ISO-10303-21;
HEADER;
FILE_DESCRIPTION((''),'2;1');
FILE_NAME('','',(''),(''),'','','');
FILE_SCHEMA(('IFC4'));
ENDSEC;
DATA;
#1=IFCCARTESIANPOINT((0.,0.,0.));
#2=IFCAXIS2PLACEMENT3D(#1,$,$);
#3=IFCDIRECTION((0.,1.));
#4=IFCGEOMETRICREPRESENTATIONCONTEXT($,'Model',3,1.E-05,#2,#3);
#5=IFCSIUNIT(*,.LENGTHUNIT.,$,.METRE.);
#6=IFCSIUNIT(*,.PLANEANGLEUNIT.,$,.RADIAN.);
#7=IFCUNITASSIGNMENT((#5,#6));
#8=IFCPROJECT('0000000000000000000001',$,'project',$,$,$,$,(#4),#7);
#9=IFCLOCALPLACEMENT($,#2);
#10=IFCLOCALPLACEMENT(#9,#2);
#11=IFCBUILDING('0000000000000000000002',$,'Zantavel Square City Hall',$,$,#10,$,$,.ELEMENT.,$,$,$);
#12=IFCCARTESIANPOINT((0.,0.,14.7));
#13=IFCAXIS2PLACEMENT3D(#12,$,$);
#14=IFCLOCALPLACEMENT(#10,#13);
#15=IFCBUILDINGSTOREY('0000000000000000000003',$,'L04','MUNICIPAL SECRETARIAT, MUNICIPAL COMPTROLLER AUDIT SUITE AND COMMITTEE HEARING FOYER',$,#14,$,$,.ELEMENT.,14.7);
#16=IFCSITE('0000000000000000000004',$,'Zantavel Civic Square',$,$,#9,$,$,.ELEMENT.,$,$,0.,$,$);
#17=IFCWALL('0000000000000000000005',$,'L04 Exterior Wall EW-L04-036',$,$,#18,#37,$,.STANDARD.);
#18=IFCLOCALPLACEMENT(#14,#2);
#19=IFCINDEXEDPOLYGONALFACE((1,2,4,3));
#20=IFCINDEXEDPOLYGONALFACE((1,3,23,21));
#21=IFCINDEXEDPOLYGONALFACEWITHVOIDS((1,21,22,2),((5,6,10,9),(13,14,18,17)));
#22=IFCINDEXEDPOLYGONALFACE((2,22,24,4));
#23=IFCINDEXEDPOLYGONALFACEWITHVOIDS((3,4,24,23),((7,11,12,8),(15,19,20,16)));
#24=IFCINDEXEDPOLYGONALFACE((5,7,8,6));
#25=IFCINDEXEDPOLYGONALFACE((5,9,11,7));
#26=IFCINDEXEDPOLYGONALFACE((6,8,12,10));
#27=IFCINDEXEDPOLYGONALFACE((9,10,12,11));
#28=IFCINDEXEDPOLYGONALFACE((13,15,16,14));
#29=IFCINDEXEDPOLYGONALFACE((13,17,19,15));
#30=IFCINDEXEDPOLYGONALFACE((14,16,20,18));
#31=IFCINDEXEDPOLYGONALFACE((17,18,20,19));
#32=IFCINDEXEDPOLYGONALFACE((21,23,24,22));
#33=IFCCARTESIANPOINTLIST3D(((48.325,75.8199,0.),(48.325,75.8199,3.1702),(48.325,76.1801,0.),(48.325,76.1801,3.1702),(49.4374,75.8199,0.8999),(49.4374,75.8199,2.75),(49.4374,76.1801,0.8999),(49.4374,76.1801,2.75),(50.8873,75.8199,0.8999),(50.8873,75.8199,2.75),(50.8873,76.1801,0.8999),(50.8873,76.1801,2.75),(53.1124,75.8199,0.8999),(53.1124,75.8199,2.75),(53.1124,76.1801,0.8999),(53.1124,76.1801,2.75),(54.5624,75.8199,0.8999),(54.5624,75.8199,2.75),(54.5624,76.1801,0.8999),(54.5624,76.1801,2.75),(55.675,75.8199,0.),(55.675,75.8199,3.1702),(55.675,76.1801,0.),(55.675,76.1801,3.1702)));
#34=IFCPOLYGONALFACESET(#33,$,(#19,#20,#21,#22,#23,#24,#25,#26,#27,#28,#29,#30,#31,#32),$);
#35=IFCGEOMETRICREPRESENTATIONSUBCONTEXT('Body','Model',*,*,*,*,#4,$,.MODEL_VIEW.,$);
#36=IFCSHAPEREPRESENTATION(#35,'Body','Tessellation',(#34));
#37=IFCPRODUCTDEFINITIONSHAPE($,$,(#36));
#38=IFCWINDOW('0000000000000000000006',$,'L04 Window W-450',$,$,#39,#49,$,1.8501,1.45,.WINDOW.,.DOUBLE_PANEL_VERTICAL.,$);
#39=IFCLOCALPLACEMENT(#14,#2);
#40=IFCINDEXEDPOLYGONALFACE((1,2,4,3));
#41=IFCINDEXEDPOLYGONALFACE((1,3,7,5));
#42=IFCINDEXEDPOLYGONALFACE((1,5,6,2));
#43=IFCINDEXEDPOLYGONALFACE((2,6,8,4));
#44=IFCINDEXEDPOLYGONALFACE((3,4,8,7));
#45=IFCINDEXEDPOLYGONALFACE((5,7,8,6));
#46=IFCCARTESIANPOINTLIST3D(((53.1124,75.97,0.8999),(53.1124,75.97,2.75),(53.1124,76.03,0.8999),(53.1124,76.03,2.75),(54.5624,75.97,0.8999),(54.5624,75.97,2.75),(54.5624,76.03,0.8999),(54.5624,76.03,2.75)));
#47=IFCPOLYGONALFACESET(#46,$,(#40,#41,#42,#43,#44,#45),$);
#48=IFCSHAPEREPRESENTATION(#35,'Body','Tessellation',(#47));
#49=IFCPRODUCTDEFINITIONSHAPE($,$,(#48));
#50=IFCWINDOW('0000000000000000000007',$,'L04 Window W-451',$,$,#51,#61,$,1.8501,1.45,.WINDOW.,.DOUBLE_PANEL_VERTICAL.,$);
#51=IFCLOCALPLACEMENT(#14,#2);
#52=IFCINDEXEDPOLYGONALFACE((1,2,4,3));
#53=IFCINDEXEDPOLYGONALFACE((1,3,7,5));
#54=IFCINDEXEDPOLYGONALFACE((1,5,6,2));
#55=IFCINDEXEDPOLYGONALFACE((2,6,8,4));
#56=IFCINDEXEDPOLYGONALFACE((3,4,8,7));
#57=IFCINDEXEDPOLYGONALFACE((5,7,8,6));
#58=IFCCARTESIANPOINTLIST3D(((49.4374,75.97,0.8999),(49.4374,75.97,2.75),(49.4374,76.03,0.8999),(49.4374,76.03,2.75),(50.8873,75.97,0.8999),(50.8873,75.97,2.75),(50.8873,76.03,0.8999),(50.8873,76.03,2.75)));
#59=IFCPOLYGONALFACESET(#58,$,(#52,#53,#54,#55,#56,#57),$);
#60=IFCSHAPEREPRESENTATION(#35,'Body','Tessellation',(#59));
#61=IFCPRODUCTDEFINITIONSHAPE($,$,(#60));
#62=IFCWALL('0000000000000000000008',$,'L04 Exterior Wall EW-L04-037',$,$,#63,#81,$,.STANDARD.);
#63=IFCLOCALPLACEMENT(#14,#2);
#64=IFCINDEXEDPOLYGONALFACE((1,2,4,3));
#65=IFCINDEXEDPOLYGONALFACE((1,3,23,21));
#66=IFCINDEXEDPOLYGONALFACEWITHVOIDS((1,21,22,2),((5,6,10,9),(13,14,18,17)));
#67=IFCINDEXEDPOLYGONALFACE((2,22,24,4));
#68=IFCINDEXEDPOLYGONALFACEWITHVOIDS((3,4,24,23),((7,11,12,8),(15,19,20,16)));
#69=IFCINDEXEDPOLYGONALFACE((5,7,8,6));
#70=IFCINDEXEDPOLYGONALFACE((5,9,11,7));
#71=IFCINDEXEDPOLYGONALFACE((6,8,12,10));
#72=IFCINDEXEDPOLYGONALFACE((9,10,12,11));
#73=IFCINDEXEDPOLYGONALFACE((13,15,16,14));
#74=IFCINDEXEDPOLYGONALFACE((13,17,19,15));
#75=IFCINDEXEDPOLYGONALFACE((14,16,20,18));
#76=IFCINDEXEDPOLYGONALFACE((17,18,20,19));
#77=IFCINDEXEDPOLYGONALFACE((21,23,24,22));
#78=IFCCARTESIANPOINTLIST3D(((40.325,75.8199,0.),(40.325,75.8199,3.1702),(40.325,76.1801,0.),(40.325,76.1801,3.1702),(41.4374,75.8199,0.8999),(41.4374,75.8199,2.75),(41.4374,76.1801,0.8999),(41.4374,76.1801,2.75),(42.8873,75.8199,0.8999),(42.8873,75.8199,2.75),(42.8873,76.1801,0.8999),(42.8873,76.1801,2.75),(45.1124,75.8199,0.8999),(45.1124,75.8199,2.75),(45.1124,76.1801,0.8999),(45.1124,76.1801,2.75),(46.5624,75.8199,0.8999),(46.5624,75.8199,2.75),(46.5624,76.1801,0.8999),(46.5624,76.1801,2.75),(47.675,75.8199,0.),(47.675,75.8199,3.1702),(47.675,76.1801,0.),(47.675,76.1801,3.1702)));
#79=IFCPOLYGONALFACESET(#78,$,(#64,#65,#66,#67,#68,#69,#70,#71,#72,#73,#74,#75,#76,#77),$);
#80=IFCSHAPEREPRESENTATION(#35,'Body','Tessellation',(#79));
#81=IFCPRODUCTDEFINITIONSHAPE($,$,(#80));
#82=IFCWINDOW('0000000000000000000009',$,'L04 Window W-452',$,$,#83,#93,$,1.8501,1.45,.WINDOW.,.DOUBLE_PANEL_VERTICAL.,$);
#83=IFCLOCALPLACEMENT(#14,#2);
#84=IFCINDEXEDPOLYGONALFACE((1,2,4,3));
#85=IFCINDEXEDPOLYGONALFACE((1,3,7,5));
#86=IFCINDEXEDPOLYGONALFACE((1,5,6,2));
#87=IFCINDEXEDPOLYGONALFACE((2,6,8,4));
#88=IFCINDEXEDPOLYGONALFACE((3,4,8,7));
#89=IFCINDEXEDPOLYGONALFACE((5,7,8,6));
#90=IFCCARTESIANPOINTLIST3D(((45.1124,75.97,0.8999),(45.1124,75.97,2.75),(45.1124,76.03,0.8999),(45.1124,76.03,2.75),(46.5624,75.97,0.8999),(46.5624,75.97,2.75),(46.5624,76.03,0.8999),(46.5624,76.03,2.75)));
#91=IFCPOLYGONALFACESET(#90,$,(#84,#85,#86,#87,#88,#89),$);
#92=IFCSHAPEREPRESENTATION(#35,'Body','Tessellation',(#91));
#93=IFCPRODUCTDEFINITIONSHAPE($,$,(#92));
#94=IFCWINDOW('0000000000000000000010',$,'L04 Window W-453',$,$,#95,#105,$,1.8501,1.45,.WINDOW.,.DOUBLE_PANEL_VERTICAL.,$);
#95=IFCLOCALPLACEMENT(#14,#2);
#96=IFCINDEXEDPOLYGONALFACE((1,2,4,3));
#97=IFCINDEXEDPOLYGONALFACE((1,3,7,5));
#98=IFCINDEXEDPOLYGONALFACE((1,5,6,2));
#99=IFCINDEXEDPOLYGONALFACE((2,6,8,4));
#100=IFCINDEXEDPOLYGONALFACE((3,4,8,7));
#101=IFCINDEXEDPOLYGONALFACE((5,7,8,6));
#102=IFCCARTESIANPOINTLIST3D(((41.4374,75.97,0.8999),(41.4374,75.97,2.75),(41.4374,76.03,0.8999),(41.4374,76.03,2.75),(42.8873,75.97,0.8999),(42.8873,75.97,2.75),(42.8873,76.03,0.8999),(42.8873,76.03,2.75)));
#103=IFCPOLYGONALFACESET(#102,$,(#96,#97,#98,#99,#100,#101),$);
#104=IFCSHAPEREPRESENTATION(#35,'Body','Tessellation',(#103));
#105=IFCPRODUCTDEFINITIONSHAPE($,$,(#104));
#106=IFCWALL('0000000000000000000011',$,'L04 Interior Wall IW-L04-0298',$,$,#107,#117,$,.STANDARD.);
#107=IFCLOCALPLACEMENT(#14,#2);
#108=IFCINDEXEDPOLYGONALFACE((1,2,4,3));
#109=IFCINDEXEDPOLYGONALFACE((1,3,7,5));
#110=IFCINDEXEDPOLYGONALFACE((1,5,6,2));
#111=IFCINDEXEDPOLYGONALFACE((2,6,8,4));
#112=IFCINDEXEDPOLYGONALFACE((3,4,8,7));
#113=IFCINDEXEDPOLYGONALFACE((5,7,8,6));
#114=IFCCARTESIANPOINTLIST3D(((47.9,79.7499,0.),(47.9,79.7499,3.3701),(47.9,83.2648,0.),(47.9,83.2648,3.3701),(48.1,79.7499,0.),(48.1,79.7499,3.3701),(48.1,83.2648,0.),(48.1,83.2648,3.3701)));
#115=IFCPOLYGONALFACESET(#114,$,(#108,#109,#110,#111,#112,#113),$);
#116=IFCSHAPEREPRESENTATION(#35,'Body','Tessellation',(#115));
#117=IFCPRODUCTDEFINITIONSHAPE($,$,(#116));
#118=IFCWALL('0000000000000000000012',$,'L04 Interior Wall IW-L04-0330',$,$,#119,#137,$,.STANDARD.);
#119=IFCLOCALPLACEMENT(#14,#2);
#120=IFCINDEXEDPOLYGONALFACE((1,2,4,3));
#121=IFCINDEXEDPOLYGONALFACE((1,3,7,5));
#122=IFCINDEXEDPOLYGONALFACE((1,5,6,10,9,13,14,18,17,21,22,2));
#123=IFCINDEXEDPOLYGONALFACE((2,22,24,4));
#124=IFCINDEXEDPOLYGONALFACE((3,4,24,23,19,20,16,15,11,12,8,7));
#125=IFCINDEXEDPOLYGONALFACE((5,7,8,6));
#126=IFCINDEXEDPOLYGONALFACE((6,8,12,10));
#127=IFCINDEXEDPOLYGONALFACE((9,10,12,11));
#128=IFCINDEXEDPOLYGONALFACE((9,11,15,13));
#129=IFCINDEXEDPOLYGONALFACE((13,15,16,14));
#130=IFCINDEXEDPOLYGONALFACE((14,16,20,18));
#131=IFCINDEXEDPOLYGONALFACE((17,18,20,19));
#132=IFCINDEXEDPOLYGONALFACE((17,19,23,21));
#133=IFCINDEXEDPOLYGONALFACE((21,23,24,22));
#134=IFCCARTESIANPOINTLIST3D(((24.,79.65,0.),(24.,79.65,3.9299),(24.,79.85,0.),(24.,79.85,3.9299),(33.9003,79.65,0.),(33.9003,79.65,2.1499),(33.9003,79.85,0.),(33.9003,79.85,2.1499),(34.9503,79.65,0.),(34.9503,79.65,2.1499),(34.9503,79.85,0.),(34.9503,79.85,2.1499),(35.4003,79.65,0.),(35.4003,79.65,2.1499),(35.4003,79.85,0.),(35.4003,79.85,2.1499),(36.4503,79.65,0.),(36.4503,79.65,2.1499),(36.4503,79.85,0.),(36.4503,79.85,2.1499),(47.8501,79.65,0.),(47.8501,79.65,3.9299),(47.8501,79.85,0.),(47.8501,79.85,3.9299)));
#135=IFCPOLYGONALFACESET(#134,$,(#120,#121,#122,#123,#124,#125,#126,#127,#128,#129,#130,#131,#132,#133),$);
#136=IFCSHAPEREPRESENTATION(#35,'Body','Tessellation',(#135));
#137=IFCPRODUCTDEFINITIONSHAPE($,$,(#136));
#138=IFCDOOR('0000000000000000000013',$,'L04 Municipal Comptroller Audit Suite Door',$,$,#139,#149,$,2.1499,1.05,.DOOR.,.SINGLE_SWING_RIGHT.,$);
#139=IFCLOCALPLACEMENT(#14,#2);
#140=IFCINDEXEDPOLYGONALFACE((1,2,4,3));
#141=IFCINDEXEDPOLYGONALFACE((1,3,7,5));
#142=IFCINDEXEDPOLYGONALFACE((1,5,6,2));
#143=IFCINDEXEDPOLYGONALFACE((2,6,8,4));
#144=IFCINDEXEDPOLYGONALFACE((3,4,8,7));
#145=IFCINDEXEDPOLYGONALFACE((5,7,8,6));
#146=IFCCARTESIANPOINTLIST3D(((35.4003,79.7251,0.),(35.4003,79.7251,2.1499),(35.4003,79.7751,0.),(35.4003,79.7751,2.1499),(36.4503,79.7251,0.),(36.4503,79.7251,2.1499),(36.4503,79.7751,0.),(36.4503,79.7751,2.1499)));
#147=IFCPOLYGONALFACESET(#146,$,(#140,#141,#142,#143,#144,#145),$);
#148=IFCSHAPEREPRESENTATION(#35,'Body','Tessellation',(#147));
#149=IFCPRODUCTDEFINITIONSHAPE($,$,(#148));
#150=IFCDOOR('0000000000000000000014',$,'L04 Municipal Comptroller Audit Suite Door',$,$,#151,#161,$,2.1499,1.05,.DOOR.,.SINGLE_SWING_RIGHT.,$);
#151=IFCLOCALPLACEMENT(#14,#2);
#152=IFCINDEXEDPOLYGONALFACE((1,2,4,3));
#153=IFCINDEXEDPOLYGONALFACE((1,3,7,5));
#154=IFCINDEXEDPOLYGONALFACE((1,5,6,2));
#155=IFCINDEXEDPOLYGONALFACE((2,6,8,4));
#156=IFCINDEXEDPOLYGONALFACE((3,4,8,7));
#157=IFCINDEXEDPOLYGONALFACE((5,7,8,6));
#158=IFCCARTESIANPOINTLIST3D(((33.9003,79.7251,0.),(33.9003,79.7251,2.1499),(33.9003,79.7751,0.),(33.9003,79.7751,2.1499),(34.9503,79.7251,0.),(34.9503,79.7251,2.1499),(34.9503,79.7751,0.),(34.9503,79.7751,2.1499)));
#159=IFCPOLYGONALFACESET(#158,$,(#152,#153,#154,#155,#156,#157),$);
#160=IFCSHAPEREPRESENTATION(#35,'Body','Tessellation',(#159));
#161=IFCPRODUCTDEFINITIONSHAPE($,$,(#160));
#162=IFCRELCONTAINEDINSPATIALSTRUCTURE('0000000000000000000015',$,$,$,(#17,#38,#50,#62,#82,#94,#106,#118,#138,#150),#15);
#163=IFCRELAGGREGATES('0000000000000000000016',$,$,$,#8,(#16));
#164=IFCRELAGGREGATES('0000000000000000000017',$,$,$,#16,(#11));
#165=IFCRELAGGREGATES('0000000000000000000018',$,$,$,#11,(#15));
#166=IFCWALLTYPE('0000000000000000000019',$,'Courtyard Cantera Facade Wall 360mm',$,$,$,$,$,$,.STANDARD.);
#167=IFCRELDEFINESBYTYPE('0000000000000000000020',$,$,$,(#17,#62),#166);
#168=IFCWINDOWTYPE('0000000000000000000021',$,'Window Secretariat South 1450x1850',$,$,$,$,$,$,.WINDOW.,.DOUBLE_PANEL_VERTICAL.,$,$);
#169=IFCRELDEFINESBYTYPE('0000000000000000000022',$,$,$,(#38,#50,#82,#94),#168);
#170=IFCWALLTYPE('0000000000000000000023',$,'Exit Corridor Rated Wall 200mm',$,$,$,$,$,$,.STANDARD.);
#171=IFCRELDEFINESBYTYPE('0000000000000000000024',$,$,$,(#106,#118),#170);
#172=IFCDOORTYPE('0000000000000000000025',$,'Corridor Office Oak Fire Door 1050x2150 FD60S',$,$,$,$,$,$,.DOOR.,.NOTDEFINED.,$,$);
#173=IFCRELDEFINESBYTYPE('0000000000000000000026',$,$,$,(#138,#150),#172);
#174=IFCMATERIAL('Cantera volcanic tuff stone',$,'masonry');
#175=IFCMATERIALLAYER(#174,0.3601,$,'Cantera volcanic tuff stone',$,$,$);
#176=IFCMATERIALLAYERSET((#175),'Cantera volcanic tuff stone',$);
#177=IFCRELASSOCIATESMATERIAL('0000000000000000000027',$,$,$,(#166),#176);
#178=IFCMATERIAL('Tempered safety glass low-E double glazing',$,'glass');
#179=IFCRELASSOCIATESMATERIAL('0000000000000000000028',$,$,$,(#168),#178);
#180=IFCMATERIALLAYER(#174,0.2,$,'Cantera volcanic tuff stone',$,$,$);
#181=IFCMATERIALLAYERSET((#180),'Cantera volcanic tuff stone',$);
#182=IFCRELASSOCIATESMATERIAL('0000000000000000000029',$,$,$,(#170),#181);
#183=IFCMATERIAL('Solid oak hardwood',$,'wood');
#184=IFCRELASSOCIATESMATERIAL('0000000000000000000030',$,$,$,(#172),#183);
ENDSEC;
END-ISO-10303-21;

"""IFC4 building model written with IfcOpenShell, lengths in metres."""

from ifc_helpers import new_model, si_unit, direction, frame, frame_2d, origin, place, context, subcontext, project, spatial, rectangle, extrude, material, layer, layer_set, type_object, element, fill, save


model = new_model("IFC4")

# Units and contexts
model_context = context("Model", 3, precision=1e-05, world=origin(), true_north=direction((0.0, 1.0)))
body_context = subcontext(model_context, "Body", "Model", "MODEL_VIEW")
ifc_project = project(units=[si_unit("LENGTHUNIT", "METRE"), si_unit("PLANEANGLEUNIT", "RADIAN")], contexts=[model_context])

# Site, building, storey
site_placement = place(None, origin())
site = spatial("IfcSite", under=ifc_project, at=site_placement, Name="Zantavel Civic Square", CompositionType="ELEMENT", RefElevation=0.0)
building_placement = place(site_placement, origin())
building = spatial("IfcBuilding", under=site, at=building_placement, Name="Zantavel Square City Hall", CompositionType="ELEMENT")
storey_placement = place(building_placement, frame((0.0, 0.0, 14.7)))
storey = spatial("IfcBuildingStorey", under=building, at=storey_placement, Name="L04", Description="MUNICIPAL SECRETARIAT, MUNICIPAL COMPTROLLER AUDIT SUITE AND COMMITTEE HEARING FOYER", CompositionType="ELEMENT", Elevation=14.7)

# Walls, openings, windows
ifc_material_1 = material(Name="Cantera volcanic tuff stone", Category="masonry")
ifc_layer_1 = layer(ifc_material_1, 0.3601, Name="Cantera volcanic tuff stone")
ifc_layer_set_1 = layer_set([ifc_layer_1], Name="Cantera volcanic tuff stone")
wall_type_1 = type_object("IfcWallType", Name="Courtyard Cantera Facade Wall 360mm", PredefinedType="STANDARD", material=ifc_layer_set_1)
wall_1_placement = place(storey_placement, frame((55.675, 76.0, 0.0), z_axis=(0.0, 0.0, 1.0), x_axis=(-1.0, 0.0, 0.0)))
wall_1 = element("IfcWall", 1, at=wall_1_placement, inside=storey, type_object=wall_type_1, Name="L04 Exterior Wall EW-L04-036", PredefinedType="STANDARD", context=body_context, shape_type="SweptSolid", body=[
    extrude(rectangle(XDim=7.3501, YDim=0.3601, at=frame_2d((3.675, 0.0))), origin(), (0.0, 0.0, 1.0), 3.1702),
])
opening_1_placement = place(wall_1_placement, frame((1.1125, 0.0, 0.8999)))
opening_1 = element("IfcOpeningElement", 2, at=opening_1_placement, cuts=wall_1, PredefinedType="OPENING", context=body_context, shape_type="SweptSolid", body=[
    extrude(rectangle(XDim=1.45, YDim=1.8501, at=frame_2d((0.7251, 0.925))), frame((0.0, 0.1899, 0.0), z_axis=(0.0, -1.0, 0.0), x_axis=(1.0, 0.0, 0.0)), (0.0, 0.0, 1.0), 0.3801),
])
opening_2_placement = place(wall_1_placement, frame((4.7876, 0.0, 0.8999)))
opening_2 = element("IfcOpeningElement", 3, at=opening_2_placement, cuts=wall_1, PredefinedType="OPENING", context=body_context, shape_type="SweptSolid", body=[
    extrude(rectangle(XDim=1.45, YDim=1.8501, at=frame_2d((0.7251, 0.925))), frame((0.0, 0.1899, 0.0), z_axis=(0.0, -1.0, 0.0), x_axis=(1.0, 0.0, 0.0)), (0.0, 0.0, 1.0), 0.3801),
])
ifc_material_2 = material(Name="Tempered safety glass low-E double glazing", Category="glass")
window_type = type_object("IfcWindowType", Name="Window Secretariat South 1450x1850", PartitioningType="DOUBLE_PANEL_VERTICAL", PredefinedType="WINDOW", material=ifc_material_2)
window_1_placement = place(opening_1_placement, origin())
window_1 = element("IfcWindow", 4, at=window_1_placement, inside=storey, type_object=window_type, Name="L04 Window W-450", OverallHeight=1.8501, OverallWidth=1.45, PartitioningType="DOUBLE_PANEL_VERTICAL", PredefinedType="WINDOW", context=body_context, shape_type="SweptSolid", body=[
    extrude(rectangle(XDim=1.45, YDim=1.8501, at=frame_2d((0.7251, 0.925))), frame((0.0, 0.03, 0.0), z_axis=(0.0, -1.0, 0.0), x_axis=(1.0, 0.0, 0.0)), (0.0, 0.0, 1.0), 0.0601),
])
fill(opening_1, window_1)
window_2_placement = place(opening_2_placement, origin())
window_2 = element("IfcWindow", 5, at=window_2_placement, inside=storey, type_object=window_type, Name="L04 Window W-451", OverallHeight=1.8501, OverallWidth=1.45, PartitioningType="DOUBLE_PANEL_VERTICAL", PredefinedType="WINDOW", context=body_context, shape_type="SweptSolid", body=[
    extrude(rectangle(XDim=1.45, YDim=1.8501, at=frame_2d((0.7251, 0.925))), frame((0.0, 0.03, 0.0), z_axis=(0.0, -1.0, 0.0), x_axis=(1.0, 0.0, 0.0)), (0.0, 0.0, 1.0), 0.0601),
])
fill(opening_2, window_2)
wall_2_placement = place(storey_placement, frame((47.675, 76.0, 0.0), z_axis=(0.0, 0.0, 1.0), x_axis=(-1.0, 0.0, 0.0)))
wall_2 = element("IfcWall", 6, at=wall_2_placement, inside=storey, type_object=wall_type_1, Name="L04 Exterior Wall EW-L04-037", PredefinedType="STANDARD", context=body_context, shape_type="SweptSolid", body=[
    extrude(rectangle(XDim=7.3501, YDim=0.3601, at=frame_2d((3.675, 0.0))), origin(), (0.0, 0.0, 1.0), 3.1702),
])
opening_3_placement = place(wall_2_placement, frame((1.1125, 0.0, 0.8999)))
opening_3 = element("IfcOpeningElement", 7, at=opening_3_placement, cuts=wall_2, PredefinedType="OPENING", context=body_context, shape_type="SweptSolid", body=[
    extrude(rectangle(XDim=1.45, YDim=1.8501, at=frame_2d((0.7251, 0.925))), frame((0.0, 0.1899, 0.0), z_axis=(0.0, -1.0, 0.0), x_axis=(1.0, 0.0, 0.0)), (0.0, 0.0, 1.0), 0.3801),
])
opening_4_placement = place(wall_2_placement, frame((4.7876, 0.0, 0.8999)))
opening_4 = element("IfcOpeningElement", 8, at=opening_4_placement, cuts=wall_2, PredefinedType="OPENING", context=body_context, shape_type="SweptSolid", body=[
    extrude(rectangle(XDim=1.45, YDim=1.8501, at=frame_2d((0.7251, 0.925))), frame((0.0, 0.1899, 0.0), z_axis=(0.0, -1.0, 0.0), x_axis=(1.0, 0.0, 0.0)), (0.0, 0.0, 1.0), 0.3801),
])
window_3_placement = place(opening_3_placement, origin())
window_3 = element("IfcWindow", 9, at=window_3_placement, inside=storey, type_object=window_type, Name="L04 Window W-452", OverallHeight=1.8501, OverallWidth=1.45, PartitioningType="DOUBLE_PANEL_VERTICAL", PredefinedType="WINDOW", context=body_context, shape_type="SweptSolid", body=[
    extrude(rectangle(XDim=1.45, YDim=1.8501, at=frame_2d((0.7251, 0.925))), frame((0.0, 0.03, 0.0), z_axis=(0.0, -1.0, 0.0), x_axis=(1.0, 0.0, 0.0)), (0.0, 0.0, 1.0), 0.0601),
])
fill(opening_3, window_3)
window_4_placement = place(opening_4_placement, origin())
window_4 = element("IfcWindow", 10, at=window_4_placement, inside=storey, type_object=window_type, Name="L04 Window W-453", OverallHeight=1.8501, OverallWidth=1.45, PartitioningType="DOUBLE_PANEL_VERTICAL", PredefinedType="WINDOW", context=body_context, shape_type="SweptSolid", body=[
    extrude(rectangle(XDim=1.45, YDim=1.8501, at=frame_2d((0.7251, 0.925))), frame((0.0, 0.03, 0.0), z_axis=(0.0, -1.0, 0.0), x_axis=(1.0, 0.0, 0.0)), (0.0, 0.0, 1.0), 0.0601),
])
fill(opening_4, window_4)

# Wall
ifc_layer_2 = layer(ifc_material_1, 0.2, Name="Cantera volcanic tuff stone")
ifc_layer_set_2 = layer_set([ifc_layer_2], Name="Cantera volcanic tuff stone")
wall_type_2 = type_object("IfcWallType", Name="Exit Corridor Rated Wall 200mm", PredefinedType="STANDARD", material=ifc_layer_set_2)
wall_3_placement = place(storey_placement, frame((48.0, 79.75, 0.0), z_axis=(0.0, 0.0, 1.0), x_axis=(0.0, 1.0, 0.0)))
element("IfcWall", 11, at=wall_3_placement, inside=storey, type_object=wall_type_2, Name="L04 Interior Wall IW-L04-0298", PredefinedType="STANDARD", context=body_context, shape_type="SweptSolid", body=[
    extrude(rectangle(XDim=3.5149, YDim=0.2, at=frame_2d((1.7573, 0.0))), origin(), (0.0, 0.0, 1.0), 3.3701),
])

# Wall, openings, doors
wall_4_placement = place(storey_placement, frame((47.8501, 79.75, 0.0), z_axis=(0.0, 0.0, 1.0), x_axis=(-1.0, 0.0, 0.0)))
wall_4 = element("IfcWall", 12, at=wall_4_placement, inside=storey, type_object=wall_type_2, Name="L04 Interior Wall IW-L04-0330", PredefinedType="STANDARD", context=body_context, shape_type="SweptSolid", body=[
    extrude(rectangle(XDim=23.8501, YDim=0.2, at=frame_2d((11.925, 0.0))), origin(), (0.0, 0.0, 1.0), 3.9299),
])
opening_5_placement = place(wall_4_placement, frame((11.3999, 0.0, 0.0)))
opening_5 = element("IfcOpeningElement", 13, at=opening_5_placement, cuts=wall_4, PredefinedType="OPENING", context=body_context, shape_type="SweptSolid", body=[
    extrude(rectangle(XDim=1.05, YDim=2.1499, at=frame_2d((0.5249, 1.075))), frame((0.0, 0.1099, 0.0), z_axis=(0.0, -1.0, 0.0), x_axis=(1.0, 0.0, 0.0)), (0.0, 0.0, 1.0), 0.22),
])
opening_6_placement = place(wall_4_placement, frame((12.8999, 0.0, 0.0)))
opening_6 = element("IfcOpeningElement", 14, at=opening_6_placement, cuts=wall_4, PredefinedType="OPENING", context=body_context, shape_type="SweptSolid", body=[
    extrude(rectangle(XDim=1.05, YDim=2.1499, at=frame_2d((0.5249, 1.075))), frame((0.0, 0.1099, 0.0), z_axis=(0.0, -1.0, 0.0), x_axis=(1.0, 0.0, 0.0)), (0.0, 0.0, 1.0), 0.22),
])
ifc_material_3 = material(Name="Solid oak hardwood", Category="wood")
door_type_1 = type_object("IfcDoorType", Name="Corridor Office Oak Fire Door 1050x2150 FD60S", OperationType="NOTDEFINED", PredefinedType="DOOR", material=ifc_material_3)
door_1_placement = place(opening_5_placement, origin())
door_1 = element("IfcDoor", 15, at=door_1_placement, inside=storey, type_object=door_type_1, Name="L04 Municipal Comptroller Audit Suite Door", OperationType="SINGLE_SWING_RIGHT", OverallHeight=2.1499, OverallWidth=1.05, PredefinedType="DOOR", context=body_context, shape_type="SweptSolid", body=[
    extrude(rectangle(XDim=1.05, YDim=2.1499, at=frame_2d((0.5249, 1.075))), frame((0.0, 0.0249, 0.0), z_axis=(0.0, -1.0, 0.0), x_axis=(1.0, 0.0, 0.0)), (0.0, 0.0, 1.0), 0.05),
])
fill(opening_5, door_1)
door_2_placement = place(opening_6_placement, origin())
door_2 = element("IfcDoor", 16, at=door_2_placement, inside=storey, type_object=door_type_1, Name="L04 Municipal Comptroller Audit Suite Door", OperationType="SINGLE_SWING_RIGHT", OverallHeight=2.1499, OverallWidth=1.05, PredefinedType="DOOR", context=body_context, shape_type="SweptSolid", body=[
    extrude(rectangle(XDim=1.05, YDim=2.1499, at=frame_2d((0.5249, 1.075))), frame((0.0, 0.0249, 0.0), z_axis=(0.0, -1.0, 0.0), x_axis=(1.0, 0.0, 0.0)), (0.0, 0.0, 1.0), 0.05),
])
fill(opening_6, door_2)

save(model, "model.ifc")
